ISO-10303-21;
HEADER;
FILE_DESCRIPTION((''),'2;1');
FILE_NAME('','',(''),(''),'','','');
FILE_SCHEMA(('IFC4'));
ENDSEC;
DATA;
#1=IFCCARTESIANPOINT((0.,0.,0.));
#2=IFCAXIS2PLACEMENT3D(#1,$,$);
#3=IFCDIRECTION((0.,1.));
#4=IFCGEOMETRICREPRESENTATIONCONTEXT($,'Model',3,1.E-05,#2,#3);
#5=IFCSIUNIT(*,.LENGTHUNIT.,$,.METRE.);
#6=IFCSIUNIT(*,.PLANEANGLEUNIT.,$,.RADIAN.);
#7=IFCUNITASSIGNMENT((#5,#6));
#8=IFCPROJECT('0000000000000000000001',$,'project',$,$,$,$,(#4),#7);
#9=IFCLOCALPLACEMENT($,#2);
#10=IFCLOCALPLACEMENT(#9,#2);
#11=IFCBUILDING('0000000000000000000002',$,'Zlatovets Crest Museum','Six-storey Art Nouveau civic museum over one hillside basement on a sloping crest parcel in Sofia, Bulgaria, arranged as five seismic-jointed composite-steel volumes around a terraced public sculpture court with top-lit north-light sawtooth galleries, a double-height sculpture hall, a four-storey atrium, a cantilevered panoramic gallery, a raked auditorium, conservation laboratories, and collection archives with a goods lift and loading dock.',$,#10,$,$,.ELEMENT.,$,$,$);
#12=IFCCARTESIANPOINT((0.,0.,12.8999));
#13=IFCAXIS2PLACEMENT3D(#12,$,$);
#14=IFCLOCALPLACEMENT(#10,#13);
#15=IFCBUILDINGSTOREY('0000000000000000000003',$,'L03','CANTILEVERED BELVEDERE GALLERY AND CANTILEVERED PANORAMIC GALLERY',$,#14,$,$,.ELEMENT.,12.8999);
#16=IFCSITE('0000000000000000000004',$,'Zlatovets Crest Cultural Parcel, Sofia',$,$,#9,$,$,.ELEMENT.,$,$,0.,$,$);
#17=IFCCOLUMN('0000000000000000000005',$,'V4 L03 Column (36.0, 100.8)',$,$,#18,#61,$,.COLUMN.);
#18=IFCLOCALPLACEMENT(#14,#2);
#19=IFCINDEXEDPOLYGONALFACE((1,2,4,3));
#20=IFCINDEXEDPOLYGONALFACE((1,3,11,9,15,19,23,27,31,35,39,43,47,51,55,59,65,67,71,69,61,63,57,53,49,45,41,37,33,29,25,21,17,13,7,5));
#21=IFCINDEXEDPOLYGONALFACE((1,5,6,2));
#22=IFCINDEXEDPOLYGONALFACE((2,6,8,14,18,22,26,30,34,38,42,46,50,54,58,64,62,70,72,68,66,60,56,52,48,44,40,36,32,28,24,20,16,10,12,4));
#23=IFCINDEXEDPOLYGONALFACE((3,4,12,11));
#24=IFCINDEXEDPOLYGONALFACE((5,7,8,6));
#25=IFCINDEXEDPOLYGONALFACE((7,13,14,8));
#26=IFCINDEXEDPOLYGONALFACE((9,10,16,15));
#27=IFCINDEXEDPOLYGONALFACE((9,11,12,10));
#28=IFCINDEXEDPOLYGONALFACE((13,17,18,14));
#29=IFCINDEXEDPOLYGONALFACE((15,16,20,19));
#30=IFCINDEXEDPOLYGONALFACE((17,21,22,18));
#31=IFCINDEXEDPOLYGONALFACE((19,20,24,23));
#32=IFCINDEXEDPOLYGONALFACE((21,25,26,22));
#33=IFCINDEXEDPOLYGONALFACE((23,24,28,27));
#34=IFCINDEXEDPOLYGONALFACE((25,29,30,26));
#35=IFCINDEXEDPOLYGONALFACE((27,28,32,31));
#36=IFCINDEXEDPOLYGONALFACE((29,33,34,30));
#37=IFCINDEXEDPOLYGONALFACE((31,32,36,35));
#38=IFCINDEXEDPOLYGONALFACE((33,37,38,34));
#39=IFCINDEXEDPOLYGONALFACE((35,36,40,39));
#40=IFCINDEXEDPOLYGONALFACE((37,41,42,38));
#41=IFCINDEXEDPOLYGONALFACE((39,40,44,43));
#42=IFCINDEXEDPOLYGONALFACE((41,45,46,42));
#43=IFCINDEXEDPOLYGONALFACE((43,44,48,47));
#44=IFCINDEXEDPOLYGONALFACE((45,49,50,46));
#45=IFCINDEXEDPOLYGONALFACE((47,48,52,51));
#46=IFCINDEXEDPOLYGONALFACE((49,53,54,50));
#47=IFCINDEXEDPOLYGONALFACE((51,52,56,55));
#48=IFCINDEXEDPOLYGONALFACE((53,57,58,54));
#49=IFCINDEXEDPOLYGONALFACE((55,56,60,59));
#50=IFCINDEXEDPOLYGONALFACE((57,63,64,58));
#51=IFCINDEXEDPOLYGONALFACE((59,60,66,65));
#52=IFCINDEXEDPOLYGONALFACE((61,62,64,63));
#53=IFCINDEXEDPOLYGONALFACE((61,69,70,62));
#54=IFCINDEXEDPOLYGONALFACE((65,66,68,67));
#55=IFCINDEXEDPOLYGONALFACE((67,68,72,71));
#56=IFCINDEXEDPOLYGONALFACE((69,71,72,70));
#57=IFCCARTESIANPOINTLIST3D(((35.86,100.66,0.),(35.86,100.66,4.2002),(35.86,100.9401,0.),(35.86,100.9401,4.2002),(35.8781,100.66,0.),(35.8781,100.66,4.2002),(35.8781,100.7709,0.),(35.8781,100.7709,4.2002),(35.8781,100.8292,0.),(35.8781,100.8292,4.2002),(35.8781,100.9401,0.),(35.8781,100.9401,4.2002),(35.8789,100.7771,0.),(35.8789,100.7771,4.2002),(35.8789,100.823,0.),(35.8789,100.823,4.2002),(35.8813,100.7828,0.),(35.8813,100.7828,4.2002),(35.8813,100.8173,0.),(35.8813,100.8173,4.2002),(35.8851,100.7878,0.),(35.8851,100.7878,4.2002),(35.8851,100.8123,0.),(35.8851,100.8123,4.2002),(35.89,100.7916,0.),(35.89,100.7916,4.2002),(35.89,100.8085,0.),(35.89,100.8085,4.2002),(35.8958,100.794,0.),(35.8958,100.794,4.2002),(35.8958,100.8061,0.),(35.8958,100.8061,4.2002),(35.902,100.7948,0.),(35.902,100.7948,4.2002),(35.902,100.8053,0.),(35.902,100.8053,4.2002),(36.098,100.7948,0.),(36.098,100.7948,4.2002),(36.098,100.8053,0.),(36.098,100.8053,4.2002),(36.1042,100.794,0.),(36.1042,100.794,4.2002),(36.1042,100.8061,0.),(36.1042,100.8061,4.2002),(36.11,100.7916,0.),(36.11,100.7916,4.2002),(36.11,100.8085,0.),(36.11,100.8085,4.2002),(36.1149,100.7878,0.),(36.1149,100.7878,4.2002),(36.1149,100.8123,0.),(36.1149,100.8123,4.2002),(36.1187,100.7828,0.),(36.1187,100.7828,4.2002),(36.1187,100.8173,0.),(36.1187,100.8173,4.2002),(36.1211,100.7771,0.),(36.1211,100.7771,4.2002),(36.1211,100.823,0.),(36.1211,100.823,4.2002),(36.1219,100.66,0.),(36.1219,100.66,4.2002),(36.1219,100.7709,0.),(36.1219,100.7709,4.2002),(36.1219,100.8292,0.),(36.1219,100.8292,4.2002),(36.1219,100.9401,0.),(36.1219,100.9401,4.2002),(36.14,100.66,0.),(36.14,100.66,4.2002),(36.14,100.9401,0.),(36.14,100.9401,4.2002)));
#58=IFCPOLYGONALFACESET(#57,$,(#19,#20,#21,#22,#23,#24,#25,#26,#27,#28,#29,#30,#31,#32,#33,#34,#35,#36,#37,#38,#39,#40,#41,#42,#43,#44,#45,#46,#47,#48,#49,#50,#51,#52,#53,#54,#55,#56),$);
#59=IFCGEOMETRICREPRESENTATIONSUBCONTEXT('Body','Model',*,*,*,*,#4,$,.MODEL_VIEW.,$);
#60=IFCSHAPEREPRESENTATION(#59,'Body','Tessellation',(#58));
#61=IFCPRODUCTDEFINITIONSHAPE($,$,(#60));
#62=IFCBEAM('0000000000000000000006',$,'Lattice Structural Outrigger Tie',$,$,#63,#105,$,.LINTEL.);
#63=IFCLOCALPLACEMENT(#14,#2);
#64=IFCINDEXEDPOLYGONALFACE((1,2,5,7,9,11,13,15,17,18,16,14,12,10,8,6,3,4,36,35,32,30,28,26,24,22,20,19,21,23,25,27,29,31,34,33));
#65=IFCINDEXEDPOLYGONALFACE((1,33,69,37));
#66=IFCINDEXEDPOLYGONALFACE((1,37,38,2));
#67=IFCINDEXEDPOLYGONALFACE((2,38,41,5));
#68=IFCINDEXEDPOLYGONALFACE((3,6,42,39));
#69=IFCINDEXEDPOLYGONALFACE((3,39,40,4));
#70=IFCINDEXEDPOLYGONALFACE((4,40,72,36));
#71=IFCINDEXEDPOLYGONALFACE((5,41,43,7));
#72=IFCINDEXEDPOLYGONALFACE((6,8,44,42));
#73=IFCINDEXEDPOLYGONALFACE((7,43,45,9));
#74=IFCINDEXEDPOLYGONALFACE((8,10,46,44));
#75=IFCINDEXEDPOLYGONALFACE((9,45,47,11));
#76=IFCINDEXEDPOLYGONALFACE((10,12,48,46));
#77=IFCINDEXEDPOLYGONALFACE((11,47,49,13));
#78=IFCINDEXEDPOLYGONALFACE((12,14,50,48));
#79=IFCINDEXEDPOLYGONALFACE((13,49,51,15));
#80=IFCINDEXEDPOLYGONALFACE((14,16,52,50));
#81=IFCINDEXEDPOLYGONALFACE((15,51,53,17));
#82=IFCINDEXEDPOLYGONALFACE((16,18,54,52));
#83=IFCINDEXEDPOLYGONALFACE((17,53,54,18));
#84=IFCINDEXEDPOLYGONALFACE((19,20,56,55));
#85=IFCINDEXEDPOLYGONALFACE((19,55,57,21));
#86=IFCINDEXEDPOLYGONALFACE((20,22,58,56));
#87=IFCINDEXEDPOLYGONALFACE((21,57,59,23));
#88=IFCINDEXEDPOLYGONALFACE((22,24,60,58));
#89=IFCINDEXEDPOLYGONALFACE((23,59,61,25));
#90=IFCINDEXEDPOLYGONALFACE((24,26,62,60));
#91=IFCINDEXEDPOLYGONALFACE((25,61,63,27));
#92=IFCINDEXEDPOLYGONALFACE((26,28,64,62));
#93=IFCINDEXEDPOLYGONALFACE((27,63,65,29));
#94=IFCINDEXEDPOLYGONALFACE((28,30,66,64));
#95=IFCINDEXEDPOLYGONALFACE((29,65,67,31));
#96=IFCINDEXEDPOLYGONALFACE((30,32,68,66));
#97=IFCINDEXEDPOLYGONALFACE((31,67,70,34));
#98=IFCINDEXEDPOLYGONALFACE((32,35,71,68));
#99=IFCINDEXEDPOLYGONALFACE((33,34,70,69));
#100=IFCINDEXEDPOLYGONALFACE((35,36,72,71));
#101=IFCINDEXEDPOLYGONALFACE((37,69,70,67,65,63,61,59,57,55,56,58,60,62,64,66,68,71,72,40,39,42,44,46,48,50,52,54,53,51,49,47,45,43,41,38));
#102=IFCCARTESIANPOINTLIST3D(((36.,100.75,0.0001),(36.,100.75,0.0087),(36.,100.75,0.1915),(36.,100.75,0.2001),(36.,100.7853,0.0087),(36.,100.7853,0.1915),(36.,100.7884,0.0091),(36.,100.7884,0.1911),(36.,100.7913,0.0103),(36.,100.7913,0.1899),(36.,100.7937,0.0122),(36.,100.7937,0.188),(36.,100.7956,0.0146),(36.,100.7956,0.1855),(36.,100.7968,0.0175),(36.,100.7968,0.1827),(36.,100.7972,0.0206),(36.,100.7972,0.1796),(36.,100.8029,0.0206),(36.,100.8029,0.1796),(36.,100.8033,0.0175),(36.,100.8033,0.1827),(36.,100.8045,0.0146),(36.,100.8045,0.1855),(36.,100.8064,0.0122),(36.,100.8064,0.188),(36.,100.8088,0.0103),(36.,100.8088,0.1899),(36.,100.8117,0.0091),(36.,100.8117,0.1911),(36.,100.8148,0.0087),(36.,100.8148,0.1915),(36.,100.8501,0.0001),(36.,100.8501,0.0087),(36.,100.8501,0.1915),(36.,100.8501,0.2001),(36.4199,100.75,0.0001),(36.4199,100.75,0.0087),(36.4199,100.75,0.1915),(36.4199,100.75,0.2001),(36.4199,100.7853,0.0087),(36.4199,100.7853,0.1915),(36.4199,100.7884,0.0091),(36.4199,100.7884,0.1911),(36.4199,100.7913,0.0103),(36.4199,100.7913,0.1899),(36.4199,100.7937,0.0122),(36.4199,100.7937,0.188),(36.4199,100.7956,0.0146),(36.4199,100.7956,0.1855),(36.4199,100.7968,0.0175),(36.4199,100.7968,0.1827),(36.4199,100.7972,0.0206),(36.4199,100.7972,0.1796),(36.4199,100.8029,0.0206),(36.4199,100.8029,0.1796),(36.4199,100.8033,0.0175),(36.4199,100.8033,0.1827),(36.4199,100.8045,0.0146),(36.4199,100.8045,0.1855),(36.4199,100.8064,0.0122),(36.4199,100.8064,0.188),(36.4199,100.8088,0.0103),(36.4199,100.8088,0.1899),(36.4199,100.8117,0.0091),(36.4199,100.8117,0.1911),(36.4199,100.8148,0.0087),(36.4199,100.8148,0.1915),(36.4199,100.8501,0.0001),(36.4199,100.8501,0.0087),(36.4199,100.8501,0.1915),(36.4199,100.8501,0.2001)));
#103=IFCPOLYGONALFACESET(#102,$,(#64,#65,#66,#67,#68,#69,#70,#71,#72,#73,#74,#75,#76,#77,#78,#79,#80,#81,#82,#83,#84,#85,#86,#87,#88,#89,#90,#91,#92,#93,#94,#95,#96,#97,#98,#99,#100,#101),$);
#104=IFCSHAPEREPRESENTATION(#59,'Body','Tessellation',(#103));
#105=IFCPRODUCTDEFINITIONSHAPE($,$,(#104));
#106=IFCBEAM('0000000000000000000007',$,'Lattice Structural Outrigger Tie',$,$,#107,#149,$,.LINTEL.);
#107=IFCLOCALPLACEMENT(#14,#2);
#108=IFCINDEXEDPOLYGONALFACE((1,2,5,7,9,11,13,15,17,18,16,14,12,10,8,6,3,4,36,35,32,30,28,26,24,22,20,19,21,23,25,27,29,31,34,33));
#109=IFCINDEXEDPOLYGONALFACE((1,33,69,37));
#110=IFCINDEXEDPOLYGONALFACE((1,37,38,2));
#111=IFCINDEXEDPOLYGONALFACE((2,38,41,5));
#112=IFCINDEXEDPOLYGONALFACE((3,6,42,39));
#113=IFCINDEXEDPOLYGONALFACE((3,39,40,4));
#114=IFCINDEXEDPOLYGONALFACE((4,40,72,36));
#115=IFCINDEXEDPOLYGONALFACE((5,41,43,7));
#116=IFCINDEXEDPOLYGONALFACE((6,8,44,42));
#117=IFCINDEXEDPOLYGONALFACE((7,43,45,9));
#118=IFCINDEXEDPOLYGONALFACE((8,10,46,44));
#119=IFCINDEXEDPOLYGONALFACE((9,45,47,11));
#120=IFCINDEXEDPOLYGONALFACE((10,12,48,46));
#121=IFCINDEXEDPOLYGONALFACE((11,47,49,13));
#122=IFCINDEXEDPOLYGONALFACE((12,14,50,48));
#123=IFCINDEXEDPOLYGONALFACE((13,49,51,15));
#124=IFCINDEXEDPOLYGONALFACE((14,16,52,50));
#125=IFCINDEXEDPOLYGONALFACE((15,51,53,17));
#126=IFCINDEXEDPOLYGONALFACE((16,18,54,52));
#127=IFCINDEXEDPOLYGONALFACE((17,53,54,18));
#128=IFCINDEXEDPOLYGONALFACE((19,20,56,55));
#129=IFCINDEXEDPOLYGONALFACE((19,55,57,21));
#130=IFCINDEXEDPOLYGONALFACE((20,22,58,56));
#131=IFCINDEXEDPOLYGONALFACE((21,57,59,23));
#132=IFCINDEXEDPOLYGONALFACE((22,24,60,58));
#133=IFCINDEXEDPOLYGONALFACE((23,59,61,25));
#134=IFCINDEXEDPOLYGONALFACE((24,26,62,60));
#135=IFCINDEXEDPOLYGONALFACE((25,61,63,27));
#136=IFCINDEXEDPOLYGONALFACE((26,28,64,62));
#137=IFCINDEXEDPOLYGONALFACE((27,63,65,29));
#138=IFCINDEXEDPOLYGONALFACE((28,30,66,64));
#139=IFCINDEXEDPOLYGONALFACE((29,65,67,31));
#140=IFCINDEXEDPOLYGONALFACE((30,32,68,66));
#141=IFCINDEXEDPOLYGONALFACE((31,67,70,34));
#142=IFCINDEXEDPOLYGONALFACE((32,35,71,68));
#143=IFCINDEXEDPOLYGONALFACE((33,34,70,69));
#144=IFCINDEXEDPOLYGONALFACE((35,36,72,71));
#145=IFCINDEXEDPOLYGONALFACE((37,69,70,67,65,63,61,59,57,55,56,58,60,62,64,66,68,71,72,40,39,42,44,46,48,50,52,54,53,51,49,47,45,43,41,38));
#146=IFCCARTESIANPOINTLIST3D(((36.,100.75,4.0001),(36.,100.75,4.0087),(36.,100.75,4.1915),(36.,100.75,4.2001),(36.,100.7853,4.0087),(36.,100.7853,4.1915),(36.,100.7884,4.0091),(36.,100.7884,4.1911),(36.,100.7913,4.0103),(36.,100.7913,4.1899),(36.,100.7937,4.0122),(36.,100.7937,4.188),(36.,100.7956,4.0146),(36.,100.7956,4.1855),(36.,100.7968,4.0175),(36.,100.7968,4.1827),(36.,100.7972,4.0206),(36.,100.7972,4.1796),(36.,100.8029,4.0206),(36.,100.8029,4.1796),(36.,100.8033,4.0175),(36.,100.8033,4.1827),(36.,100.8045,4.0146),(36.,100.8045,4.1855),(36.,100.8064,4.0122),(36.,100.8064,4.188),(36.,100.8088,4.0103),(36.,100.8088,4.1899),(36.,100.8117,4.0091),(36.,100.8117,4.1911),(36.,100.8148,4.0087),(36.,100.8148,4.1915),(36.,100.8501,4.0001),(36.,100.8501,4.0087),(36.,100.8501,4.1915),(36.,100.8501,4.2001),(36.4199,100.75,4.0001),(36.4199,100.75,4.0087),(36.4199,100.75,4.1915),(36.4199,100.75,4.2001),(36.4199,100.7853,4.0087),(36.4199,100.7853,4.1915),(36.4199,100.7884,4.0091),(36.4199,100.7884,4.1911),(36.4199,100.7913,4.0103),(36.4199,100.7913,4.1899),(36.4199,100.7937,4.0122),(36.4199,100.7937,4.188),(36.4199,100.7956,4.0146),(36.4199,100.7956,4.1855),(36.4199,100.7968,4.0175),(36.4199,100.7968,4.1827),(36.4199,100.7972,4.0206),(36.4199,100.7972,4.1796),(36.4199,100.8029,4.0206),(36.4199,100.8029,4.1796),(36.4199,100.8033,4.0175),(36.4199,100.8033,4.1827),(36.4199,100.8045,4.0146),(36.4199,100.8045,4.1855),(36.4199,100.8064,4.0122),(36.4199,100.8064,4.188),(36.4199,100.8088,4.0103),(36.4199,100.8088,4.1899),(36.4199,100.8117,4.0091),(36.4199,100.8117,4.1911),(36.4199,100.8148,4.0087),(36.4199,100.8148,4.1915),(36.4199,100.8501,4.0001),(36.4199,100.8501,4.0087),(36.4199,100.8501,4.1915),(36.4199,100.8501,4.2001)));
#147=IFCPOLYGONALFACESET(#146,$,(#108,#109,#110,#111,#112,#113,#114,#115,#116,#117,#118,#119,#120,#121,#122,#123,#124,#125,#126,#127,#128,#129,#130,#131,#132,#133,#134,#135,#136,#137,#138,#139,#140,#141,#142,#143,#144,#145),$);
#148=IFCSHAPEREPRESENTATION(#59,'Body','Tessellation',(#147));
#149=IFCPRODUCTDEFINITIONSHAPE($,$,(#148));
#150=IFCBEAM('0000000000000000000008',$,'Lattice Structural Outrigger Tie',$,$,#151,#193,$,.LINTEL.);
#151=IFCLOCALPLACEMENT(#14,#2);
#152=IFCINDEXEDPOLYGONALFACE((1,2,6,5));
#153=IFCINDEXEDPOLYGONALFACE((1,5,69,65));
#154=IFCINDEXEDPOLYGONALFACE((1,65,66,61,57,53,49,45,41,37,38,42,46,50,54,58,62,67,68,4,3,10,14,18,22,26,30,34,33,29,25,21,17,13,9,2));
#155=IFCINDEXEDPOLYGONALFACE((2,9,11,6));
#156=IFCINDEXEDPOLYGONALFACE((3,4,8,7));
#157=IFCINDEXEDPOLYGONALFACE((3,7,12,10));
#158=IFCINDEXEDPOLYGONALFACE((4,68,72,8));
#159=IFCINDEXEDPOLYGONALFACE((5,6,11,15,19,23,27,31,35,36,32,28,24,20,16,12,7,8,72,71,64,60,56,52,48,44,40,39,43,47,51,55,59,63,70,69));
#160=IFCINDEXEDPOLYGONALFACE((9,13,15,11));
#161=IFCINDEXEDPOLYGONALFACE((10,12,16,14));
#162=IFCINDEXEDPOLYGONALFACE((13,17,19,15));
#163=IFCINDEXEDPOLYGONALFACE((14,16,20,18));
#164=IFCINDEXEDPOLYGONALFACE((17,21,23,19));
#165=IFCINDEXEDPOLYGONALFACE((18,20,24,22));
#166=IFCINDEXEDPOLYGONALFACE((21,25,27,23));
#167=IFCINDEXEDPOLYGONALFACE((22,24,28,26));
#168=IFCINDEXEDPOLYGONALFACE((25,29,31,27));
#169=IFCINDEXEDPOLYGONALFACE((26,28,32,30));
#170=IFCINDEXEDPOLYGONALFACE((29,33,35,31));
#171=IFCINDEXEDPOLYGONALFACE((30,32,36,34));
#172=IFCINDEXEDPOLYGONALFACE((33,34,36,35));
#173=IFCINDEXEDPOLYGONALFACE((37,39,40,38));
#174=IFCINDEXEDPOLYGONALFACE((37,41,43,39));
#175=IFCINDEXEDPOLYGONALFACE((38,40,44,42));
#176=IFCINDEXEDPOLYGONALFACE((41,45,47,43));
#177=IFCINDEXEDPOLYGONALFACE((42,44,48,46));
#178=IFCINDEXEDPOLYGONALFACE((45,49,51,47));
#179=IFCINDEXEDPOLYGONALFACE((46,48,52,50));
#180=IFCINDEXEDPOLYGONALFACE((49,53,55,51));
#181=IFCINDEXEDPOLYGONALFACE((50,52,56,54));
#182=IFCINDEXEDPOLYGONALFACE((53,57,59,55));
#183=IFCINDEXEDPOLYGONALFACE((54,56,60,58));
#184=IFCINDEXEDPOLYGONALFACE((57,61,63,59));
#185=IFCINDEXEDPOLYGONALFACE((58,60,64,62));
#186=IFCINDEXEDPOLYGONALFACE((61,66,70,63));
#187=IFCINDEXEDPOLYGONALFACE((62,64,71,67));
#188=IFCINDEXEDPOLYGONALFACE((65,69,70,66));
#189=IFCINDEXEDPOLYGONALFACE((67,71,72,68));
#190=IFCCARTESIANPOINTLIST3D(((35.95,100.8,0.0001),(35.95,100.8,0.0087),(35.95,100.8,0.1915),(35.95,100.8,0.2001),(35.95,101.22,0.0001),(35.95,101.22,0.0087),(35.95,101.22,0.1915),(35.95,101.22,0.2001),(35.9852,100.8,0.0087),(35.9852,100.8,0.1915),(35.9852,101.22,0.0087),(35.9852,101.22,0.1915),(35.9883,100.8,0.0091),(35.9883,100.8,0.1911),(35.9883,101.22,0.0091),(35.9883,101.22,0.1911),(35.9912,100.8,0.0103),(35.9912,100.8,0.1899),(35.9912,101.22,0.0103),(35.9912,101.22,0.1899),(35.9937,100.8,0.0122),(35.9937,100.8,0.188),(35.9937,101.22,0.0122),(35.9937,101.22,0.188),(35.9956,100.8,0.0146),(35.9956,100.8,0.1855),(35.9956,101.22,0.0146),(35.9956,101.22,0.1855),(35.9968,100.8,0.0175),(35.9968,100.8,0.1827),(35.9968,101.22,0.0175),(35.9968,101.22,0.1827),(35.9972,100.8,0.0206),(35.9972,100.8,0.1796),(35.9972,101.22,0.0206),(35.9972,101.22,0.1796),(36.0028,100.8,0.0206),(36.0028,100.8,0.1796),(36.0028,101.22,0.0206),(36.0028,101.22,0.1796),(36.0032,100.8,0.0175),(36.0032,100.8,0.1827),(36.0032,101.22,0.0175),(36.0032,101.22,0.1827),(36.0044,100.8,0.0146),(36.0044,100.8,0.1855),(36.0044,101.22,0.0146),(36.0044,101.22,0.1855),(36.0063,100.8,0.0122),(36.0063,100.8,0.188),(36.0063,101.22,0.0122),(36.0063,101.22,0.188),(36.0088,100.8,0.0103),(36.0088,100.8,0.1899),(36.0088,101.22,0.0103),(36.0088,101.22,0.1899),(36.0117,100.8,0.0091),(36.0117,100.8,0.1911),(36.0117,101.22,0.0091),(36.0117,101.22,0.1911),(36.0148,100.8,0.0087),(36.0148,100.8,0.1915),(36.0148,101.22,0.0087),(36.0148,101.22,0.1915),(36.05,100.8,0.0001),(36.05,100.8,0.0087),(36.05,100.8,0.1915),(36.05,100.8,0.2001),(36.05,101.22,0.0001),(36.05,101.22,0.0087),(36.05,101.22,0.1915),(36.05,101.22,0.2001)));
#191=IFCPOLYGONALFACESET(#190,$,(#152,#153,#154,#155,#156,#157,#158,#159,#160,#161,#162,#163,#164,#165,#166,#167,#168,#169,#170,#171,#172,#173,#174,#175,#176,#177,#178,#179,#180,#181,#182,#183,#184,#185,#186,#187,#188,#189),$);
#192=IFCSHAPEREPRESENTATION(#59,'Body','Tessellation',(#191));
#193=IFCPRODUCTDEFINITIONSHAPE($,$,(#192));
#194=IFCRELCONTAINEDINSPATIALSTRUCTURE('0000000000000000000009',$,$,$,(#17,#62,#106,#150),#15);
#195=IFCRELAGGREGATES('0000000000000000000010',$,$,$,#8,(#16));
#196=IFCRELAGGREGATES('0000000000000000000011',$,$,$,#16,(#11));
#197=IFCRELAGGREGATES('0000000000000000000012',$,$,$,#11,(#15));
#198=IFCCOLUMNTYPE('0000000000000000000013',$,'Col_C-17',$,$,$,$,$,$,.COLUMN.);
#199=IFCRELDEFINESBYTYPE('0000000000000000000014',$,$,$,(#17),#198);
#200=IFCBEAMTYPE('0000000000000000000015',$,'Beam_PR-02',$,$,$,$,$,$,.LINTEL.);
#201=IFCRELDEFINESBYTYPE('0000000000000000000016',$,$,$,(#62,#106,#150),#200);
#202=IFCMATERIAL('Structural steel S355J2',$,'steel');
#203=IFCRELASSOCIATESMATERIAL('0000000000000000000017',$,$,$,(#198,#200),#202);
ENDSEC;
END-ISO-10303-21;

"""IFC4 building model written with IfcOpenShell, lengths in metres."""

from ifc_helpers import new_model, si_unit, direction, frame, origin, origin_2d, place, context, subcontext, project, spatial, i_section, extrude, material, material_profile, profile_set, type_object, element, save


model = new_model("IFC4")

# Units and contexts
model_context = context("Model", 3, precision=1e-05, world=origin(), true_north=direction((0.0, 1.0)))
body_context = subcontext(model_context, "Body", "Model", "MODEL_VIEW")
ifc_project = project(units=[si_unit("LENGTHUNIT", "METRE"), si_unit("PLANEANGLEUNIT", "RADIAN")], contexts=[model_context])

# Site, building, storey
site_placement = place(None, origin())
site = spatial("IfcSite", under=ifc_project, at=site_placement, Name="Zlatovets Crest Cultural Parcel, Sofia", CompositionType="ELEMENT", RefElevation=0.0)
building_placement = place(site_placement, origin())
building = spatial("IfcBuilding", under=site, at=building_placement, Name="Zlatovets Crest Museum", Description="Six-storey Art Nouveau civic museum over one hillside basement on a sloping crest parcel in Sofia, Bulgaria, arranged as five seismic-jointed composite-steel volumes around a terraced public sculpture court with top-lit north-light sawtooth galleries, a double-height sculpture hall, a four-storey atrium, a cantilevered panoramic gallery, a raked auditorium, conservation laboratories, and collection archives with a goods lift and loading dock.", CompositionType="ELEMENT")
storey_placement = place(building_placement, frame((0.0, 0.0, 12.8999)))
storey = spatial("IfcBuildingStorey", under=building, at=storey_placement, Name="L03", Description="CANTILEVERED BELVEDERE GALLERY AND CANTILEVERED PANORAMIC GALLERY", CompositionType="ELEMENT", Elevation=12.8999)

# Column
ifc_material_1 = material(Name="Structural steel S355J2", Category="steel")
ifc_material_profile_1 = material_profile(ifc_material_1, i_section(OverallWidth=0.28, OverallDepth=0.28, WebThickness=0.0105, FlangeThickness=0.0181, FilletRadius=0.0239, at=origin_2d()), Name="HEB 280")
ifc_profile_set_1 = profile_set([ifc_material_profile_1], Name="Structural steel S355J2")
column_type = type_object("IfcColumnType", Name="Col_C-17", PredefinedType="COLUMN", material=ifc_profile_set_1)
column_placement = place(storey_placement, frame((36.0, 100.8, 0.0), z_axis=(0.0, 0.0, 1.0), x_axis=(0.0, 1.0, 0.0)))
element("IfcColumn", 1, at=column_placement, inside=storey, type_object=column_type, Name="V4 L03 Column (36.0, 100.8)", PredefinedType="COLUMN", context=body_context, shape_type="SweptSolid", body=[
    extrude(i_section(OverallWidth=0.28, OverallDepth=0.28, WebThickness=0.0105, FlangeThickness=0.0181, FilletRadius=0.0239, at=origin_2d()), origin(), (0.0, 0.0, 1.0), 4.2002),
])

# Beams
ifc_material_profile_2 = material_profile(ifc_material_1, i_section(OverallWidth=0.1001, OverallDepth=0.2, WebThickness=0.0056, FlangeThickness=0.0085, FilletRadius=0.012, at=origin_2d()), Name="IPE 200")
ifc_profile_set_2 = profile_set([ifc_material_profile_2], Name="Structural steel S355J2")
beam_type = type_object("IfcBeamType", Name="Beam_PR-02", PredefinedType="LINTEL", material=ifc_profile_set_2)
for number, where, z_axis, x_axis, name in (
    (2, (36.0, 100.8, 0.1001), (1.0, 0.0, 0.0), (0.0, 1.0, 0.0), "Lattice Structural Outrigger Tie"),
    (3, (36.0, 100.8, 4.1001), (1.0, 0.0, 0.0), (0.0, 1.0, 0.0), "Lattice Structural Outrigger Tie"),
    (4, (36.0, 100.8, 0.1001), (0.0, 1.0, 0.0), (-1.0, 0.0, 0.0), "Lattice Structural Outrigger Tie"),
):
    element("IfcBeam", number, at=place(storey_placement, frame(where, z_axis=z_axis, x_axis=x_axis)), inside=storey, type_object=beam_type, Name=name, PredefinedType="LINTEL", context=body_context, shape_type="SweptSolid", body=[
        extrude(i_section(OverallWidth=0.1001, OverallDepth=0.2, WebThickness=0.0056, FlangeThickness=0.0085, FilletRadius=0.012, at=origin_2d()), origin(), (0.0, 0.0, 1.0), 0.4199),
    ])

save(model, "model.ifc")
